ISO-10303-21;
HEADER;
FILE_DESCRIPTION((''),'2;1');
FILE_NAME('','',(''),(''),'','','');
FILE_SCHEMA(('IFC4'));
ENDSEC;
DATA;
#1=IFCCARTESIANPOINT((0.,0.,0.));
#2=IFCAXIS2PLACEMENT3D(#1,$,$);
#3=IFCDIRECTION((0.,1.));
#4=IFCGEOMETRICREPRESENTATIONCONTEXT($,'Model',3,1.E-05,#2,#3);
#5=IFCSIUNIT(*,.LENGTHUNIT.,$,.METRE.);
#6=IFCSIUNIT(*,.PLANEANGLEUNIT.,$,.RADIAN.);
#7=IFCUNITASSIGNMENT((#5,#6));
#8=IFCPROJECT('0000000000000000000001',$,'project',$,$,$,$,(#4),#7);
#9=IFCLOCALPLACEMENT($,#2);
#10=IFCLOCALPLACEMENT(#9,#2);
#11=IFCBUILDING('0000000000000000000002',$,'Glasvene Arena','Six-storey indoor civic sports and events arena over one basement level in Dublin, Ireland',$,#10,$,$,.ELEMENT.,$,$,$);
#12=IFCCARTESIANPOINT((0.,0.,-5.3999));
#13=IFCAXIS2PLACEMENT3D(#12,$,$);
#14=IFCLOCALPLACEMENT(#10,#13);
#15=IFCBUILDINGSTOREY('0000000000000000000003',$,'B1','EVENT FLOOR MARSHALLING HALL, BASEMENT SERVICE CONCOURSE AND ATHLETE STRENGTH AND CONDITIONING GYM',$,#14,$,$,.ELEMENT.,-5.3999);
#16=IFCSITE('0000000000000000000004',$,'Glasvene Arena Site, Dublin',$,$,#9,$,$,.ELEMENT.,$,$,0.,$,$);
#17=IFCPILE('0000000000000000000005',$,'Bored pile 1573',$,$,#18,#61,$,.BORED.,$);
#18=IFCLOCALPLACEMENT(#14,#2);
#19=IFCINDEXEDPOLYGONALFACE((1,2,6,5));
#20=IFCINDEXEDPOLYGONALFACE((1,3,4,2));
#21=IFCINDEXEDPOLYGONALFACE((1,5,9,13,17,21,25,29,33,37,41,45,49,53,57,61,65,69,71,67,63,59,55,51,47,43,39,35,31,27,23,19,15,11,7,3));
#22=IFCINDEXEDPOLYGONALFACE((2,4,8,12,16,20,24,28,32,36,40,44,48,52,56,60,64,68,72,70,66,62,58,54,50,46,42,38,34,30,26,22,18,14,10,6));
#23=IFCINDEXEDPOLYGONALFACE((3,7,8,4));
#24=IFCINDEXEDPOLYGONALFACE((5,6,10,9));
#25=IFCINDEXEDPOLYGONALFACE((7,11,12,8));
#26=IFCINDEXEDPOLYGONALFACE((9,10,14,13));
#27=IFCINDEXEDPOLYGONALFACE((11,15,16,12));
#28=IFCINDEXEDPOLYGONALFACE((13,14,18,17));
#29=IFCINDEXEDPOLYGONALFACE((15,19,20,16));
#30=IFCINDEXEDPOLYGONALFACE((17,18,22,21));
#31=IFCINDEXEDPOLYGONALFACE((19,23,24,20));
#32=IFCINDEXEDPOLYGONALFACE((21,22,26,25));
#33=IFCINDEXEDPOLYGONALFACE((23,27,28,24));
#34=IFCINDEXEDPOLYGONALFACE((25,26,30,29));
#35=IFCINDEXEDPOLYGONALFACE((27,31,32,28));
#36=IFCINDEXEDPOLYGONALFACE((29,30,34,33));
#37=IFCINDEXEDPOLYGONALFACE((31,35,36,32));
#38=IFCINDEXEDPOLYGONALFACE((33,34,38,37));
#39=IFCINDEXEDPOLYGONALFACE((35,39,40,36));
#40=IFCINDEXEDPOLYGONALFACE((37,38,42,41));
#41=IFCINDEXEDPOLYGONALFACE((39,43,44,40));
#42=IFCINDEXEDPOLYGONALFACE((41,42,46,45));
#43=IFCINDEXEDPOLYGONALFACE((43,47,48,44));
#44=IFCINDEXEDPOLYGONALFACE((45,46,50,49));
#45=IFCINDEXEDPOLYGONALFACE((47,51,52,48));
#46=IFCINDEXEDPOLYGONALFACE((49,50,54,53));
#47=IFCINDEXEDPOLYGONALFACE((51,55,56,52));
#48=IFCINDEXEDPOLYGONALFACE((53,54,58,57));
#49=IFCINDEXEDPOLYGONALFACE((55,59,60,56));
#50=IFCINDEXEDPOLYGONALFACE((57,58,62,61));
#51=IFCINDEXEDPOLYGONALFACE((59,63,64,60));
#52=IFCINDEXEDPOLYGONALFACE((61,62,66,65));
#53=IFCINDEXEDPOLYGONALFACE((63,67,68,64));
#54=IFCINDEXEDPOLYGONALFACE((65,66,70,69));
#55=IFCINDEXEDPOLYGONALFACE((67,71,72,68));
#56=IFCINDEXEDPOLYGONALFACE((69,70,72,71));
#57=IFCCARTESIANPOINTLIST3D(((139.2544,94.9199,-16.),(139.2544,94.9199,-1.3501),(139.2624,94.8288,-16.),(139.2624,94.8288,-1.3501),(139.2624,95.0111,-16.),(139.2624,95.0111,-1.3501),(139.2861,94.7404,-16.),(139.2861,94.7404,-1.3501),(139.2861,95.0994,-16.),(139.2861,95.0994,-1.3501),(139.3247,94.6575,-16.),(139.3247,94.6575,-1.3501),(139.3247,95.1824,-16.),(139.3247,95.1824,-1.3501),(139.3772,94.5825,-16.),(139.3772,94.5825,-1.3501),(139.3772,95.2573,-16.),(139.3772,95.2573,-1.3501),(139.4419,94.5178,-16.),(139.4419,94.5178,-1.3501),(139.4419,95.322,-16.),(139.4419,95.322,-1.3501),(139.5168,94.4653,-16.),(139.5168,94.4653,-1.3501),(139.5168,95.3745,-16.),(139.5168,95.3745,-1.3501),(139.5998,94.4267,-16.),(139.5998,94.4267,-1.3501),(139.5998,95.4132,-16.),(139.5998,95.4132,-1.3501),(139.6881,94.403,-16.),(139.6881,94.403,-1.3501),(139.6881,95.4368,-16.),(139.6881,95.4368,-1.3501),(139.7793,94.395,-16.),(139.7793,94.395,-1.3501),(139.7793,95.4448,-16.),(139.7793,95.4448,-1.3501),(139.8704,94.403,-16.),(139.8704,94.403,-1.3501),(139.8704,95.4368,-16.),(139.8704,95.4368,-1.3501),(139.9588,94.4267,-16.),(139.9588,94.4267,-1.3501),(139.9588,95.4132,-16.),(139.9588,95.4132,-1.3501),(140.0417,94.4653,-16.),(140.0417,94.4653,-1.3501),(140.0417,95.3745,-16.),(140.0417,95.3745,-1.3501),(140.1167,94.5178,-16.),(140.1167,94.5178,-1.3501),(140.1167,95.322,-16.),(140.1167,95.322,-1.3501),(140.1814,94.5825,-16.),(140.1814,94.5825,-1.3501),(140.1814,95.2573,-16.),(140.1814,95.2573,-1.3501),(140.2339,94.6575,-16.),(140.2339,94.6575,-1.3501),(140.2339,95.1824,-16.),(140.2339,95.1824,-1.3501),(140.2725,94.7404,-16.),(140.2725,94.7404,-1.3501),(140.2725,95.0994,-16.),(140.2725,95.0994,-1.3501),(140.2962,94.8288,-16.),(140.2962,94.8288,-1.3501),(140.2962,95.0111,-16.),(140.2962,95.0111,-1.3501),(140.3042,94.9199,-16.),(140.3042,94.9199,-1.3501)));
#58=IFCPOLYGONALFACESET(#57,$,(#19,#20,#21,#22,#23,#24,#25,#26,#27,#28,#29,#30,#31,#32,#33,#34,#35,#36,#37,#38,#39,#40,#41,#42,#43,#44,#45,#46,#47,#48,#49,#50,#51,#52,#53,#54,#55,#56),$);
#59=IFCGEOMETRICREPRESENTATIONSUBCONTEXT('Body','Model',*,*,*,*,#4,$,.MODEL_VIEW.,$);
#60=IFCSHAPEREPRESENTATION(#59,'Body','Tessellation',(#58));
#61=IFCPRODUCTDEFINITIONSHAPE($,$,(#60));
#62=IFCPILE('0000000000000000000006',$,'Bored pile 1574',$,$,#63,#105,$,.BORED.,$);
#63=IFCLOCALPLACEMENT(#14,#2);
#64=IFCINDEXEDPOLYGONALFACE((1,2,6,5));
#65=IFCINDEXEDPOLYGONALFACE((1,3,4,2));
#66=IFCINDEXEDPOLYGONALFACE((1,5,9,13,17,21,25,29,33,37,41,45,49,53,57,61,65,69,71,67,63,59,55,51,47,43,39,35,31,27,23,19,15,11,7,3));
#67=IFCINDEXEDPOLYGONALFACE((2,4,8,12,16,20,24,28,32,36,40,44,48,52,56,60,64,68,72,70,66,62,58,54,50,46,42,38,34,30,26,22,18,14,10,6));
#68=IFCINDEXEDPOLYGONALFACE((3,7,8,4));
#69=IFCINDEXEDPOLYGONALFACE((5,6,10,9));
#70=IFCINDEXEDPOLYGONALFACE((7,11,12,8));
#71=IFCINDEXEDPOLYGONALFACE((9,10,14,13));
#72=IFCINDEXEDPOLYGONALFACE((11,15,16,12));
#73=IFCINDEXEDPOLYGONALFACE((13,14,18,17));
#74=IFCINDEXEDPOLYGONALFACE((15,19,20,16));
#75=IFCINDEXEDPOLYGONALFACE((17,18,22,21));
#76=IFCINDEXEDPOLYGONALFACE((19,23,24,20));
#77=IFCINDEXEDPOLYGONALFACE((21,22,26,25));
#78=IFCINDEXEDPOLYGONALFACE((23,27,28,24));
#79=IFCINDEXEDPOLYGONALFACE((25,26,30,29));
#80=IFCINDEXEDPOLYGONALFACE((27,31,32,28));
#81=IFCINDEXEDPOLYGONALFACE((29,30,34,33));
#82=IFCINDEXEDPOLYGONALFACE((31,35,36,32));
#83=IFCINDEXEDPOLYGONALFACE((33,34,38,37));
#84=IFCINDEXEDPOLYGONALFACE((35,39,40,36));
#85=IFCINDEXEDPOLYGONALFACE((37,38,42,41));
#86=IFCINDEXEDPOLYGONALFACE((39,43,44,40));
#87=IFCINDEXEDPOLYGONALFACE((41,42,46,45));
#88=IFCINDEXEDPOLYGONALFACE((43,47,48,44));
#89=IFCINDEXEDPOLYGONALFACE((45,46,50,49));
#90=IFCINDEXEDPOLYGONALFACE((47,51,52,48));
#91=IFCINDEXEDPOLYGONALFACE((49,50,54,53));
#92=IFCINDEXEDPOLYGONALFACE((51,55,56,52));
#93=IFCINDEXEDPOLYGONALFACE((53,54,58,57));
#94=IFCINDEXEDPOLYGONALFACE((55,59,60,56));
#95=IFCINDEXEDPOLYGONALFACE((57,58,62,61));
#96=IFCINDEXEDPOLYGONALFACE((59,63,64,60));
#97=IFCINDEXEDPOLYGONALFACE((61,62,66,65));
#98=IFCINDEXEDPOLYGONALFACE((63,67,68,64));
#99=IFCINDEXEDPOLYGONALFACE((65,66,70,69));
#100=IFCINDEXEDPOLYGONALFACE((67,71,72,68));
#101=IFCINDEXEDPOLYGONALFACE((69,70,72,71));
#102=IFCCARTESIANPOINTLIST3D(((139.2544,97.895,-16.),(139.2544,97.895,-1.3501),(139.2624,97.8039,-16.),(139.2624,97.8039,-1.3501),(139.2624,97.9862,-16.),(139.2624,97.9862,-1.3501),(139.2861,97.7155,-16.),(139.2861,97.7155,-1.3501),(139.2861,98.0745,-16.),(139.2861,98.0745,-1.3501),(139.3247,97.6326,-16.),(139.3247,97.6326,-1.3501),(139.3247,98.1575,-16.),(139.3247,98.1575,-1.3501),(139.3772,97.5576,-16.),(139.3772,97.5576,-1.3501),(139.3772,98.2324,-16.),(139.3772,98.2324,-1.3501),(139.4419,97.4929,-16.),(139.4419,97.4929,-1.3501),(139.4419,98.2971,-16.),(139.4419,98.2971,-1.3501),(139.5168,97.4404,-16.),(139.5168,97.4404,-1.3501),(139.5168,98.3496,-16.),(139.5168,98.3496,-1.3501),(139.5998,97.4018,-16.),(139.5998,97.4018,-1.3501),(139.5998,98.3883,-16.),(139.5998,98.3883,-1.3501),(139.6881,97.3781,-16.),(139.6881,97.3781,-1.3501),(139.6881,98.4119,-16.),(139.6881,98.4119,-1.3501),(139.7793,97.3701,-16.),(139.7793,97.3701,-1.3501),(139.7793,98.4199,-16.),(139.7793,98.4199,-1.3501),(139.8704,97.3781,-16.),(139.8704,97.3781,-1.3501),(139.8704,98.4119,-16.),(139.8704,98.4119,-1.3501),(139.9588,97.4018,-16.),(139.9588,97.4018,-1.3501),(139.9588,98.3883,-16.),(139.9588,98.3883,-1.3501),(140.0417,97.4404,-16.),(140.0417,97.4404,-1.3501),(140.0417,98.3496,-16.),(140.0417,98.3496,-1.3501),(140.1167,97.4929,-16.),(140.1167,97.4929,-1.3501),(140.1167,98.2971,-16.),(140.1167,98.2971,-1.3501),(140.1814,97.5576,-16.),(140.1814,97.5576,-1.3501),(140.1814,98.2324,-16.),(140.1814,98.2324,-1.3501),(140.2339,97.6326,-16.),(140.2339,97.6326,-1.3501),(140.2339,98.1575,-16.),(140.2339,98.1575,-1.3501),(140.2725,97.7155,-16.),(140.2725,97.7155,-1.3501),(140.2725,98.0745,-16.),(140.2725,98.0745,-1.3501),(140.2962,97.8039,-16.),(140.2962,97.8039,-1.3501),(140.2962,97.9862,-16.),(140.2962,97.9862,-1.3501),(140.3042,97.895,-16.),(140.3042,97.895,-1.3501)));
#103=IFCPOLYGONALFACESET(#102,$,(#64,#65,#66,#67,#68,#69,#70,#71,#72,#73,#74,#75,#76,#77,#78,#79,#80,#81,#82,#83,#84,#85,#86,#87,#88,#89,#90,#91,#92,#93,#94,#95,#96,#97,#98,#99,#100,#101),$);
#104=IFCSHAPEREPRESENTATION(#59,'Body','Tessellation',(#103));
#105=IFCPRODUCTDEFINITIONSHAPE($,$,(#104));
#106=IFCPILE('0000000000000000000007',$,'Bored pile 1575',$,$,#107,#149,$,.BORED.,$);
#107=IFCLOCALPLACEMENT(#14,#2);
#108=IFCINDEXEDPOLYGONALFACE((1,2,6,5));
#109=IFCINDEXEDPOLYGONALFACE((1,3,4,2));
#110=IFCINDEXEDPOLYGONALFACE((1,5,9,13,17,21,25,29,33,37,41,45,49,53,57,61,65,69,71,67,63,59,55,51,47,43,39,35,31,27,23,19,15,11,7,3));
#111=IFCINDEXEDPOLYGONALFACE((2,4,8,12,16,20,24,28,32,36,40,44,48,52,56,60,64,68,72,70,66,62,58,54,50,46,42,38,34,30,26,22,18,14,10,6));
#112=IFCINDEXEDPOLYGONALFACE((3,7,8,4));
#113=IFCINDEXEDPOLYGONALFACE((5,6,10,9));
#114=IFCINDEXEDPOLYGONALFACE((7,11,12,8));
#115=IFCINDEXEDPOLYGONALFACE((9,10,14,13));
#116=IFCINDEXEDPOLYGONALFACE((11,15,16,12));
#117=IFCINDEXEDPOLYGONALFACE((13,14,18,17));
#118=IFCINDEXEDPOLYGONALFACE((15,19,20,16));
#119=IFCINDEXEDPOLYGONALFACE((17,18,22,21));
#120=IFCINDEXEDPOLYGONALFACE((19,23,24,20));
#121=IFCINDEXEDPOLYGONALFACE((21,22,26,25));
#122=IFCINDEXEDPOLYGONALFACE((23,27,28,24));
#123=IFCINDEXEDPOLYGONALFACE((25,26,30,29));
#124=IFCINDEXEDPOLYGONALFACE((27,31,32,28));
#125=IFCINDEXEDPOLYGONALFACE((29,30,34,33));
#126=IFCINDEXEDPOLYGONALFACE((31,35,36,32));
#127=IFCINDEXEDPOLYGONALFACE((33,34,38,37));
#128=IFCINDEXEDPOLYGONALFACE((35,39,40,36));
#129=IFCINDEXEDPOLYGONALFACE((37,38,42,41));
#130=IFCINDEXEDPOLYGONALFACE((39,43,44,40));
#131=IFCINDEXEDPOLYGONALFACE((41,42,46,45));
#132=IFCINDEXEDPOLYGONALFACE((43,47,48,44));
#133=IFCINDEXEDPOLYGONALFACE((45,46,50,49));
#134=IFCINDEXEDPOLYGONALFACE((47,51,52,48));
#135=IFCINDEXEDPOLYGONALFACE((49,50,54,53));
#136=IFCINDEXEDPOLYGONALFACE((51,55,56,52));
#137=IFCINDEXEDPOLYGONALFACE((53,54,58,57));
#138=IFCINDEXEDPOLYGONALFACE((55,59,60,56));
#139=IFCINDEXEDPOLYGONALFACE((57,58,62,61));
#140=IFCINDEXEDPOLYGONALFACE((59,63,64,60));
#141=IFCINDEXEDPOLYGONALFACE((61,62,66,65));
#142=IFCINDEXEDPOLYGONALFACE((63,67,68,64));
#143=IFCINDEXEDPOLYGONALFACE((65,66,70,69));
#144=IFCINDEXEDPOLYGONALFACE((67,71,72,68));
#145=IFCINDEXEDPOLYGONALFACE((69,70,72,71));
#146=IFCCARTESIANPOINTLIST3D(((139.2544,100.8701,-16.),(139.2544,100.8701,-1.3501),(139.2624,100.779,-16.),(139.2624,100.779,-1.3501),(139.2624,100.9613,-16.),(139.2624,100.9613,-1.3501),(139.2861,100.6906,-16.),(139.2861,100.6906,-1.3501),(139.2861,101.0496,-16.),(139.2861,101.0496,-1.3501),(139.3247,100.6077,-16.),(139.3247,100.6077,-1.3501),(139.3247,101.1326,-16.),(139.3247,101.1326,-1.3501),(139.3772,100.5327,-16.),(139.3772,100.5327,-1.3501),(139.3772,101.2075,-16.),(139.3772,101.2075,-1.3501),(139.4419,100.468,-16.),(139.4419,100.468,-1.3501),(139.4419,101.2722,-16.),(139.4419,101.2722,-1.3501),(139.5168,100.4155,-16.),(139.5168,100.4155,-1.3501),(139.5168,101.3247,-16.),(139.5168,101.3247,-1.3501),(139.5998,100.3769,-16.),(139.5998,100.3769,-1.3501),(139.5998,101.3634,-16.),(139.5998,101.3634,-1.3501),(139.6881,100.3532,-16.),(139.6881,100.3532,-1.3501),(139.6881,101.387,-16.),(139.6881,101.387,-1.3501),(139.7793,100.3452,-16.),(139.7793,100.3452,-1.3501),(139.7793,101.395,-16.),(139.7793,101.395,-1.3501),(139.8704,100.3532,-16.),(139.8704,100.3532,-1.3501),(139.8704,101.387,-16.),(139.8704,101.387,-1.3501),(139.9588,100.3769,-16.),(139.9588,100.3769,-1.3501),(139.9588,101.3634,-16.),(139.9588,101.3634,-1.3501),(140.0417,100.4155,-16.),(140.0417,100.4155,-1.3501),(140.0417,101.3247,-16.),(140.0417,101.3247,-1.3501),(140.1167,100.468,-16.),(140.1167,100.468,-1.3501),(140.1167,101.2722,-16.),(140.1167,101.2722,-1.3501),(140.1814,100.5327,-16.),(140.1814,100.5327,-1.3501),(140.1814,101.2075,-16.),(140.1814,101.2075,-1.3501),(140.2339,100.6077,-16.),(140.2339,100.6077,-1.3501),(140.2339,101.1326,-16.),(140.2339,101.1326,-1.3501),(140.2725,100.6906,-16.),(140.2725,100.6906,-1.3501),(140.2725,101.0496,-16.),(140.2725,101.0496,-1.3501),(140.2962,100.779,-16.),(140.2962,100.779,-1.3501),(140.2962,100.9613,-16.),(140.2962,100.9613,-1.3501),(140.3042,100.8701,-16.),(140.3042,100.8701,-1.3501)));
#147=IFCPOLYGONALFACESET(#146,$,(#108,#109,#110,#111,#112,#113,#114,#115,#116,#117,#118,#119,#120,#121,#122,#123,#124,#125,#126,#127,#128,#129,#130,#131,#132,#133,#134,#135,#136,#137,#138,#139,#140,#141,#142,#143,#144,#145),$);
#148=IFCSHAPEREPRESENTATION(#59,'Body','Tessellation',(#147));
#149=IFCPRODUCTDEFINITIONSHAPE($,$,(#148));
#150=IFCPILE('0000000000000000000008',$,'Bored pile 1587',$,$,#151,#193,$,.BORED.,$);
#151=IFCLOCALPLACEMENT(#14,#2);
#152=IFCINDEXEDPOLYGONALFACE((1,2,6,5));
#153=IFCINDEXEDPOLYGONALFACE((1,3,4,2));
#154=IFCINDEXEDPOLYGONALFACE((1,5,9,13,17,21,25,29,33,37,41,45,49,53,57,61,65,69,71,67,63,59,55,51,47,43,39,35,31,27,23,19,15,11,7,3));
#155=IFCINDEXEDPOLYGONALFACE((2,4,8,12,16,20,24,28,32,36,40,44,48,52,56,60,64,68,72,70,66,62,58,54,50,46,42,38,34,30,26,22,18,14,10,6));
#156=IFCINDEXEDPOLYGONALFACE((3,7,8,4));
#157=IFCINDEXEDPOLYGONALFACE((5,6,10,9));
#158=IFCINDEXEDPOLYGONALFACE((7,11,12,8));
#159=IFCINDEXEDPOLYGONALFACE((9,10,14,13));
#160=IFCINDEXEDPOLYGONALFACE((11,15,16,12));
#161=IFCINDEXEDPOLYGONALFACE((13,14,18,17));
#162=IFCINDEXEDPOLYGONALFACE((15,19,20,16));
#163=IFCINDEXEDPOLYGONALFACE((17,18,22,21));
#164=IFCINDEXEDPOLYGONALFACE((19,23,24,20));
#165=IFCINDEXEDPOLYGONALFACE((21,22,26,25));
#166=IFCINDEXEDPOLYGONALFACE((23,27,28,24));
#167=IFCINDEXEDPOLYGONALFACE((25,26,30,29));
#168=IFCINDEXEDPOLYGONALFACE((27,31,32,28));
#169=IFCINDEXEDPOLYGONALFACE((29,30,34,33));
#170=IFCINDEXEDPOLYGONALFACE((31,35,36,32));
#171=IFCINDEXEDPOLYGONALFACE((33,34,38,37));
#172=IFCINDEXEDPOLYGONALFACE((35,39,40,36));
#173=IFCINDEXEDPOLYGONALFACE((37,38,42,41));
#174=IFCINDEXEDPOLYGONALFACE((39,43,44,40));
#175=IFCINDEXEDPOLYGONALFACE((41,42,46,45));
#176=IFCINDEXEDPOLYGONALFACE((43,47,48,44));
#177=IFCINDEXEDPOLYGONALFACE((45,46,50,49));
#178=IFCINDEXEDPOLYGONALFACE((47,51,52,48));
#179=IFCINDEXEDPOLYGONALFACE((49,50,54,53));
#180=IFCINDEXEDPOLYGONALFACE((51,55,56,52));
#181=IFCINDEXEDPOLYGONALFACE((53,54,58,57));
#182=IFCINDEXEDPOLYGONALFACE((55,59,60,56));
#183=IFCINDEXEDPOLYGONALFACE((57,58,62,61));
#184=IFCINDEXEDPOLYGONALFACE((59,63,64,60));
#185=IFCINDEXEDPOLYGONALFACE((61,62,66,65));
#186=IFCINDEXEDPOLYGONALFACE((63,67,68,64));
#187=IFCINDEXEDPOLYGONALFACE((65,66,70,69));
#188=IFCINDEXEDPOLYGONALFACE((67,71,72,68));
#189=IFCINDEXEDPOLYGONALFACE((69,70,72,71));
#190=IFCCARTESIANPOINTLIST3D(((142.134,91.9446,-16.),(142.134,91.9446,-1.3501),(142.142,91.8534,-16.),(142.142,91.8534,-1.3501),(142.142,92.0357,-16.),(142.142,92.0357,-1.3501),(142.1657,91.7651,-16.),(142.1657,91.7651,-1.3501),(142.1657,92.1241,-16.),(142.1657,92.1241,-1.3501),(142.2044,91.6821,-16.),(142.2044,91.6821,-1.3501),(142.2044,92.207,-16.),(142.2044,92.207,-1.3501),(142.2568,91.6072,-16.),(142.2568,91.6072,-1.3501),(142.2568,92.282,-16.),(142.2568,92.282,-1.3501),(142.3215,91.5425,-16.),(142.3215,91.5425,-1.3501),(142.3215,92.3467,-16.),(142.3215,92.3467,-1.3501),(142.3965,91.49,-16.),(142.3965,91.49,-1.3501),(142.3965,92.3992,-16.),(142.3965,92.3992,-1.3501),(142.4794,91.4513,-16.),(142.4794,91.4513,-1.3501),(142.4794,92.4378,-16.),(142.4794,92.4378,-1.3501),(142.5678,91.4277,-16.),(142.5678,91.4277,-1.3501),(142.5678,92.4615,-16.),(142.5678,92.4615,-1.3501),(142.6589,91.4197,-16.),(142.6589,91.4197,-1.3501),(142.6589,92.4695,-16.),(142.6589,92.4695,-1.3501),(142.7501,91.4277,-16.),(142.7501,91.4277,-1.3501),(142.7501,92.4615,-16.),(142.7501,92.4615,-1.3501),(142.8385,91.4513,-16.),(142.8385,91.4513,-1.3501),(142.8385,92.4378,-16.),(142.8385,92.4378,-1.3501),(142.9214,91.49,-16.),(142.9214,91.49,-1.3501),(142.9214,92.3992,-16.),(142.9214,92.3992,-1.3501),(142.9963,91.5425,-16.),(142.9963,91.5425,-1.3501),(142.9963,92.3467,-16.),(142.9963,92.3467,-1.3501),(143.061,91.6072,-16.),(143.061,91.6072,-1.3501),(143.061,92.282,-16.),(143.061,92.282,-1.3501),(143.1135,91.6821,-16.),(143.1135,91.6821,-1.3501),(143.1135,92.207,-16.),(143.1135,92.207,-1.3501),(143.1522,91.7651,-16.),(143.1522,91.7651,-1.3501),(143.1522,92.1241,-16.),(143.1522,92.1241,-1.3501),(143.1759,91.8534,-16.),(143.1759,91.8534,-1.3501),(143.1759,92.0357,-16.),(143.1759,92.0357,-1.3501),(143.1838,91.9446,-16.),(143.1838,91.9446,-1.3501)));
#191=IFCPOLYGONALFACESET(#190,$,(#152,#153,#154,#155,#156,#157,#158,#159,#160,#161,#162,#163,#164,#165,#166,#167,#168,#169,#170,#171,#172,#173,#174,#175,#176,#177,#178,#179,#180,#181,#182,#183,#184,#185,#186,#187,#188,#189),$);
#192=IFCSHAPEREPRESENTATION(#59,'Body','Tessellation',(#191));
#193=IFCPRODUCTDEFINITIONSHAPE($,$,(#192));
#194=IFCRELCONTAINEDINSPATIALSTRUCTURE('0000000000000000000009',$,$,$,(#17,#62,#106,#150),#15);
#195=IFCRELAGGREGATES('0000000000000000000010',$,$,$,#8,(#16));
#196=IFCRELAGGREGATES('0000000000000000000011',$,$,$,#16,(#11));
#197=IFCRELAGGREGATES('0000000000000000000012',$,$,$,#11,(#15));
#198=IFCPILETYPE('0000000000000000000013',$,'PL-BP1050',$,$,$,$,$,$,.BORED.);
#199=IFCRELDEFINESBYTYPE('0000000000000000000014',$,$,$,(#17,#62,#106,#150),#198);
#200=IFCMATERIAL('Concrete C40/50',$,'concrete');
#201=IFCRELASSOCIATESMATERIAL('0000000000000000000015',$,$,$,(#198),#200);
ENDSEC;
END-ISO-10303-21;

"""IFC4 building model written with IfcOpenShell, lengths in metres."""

from ifc_helpers import new_model, si_unit, direction, frame, origin, origin_2d, place, context, subcontext, project, spatial, circle, extrude, material, material_profile, profile_set, type_object, element, save


model = new_model("IFC4")

# Units and contexts
model_context = context("Model", 3, precision=1e-05, world=origin(), true_north=direction((0.0, 1.0)))
body_context = subcontext(model_context, "Body", "Model", "MODEL_VIEW")
ifc_project = project(units=[si_unit("LENGTHUNIT", "METRE"), si_unit("PLANEANGLEUNIT", "RADIAN")], contexts=[model_context])

# Site, building, storey
site_placement = place(None, origin())
site = spatial("IfcSite", under=ifc_project, at=site_placement, Name="Glasvene Arena Site, Dublin", CompositionType="ELEMENT", RefElevation=0.0)
building_placement = place(site_placement, origin())
building = spatial("IfcBuilding", under=site, at=building_placement, Name="Glasvene Arena", Description="Six-storey indoor civic sports and events arena over one basement level in Dublin, Ireland", CompositionType="ELEMENT")
storey_placement = place(building_placement, frame((0.0, 0.0, -5.3999)))
storey = spatial("IfcBuildingStorey", under=building, at=storey_placement, Name="B1", Description="EVENT FLOOR MARSHALLING HALL, BASEMENT SERVICE CONCOURSE AND ATHLETE STRENGTH AND CONDITIONING GYM", CompositionType="ELEMENT", Elevation=-5.3999)

# Shared definitions
ifc_material_1 = material(Name="Concrete C40/50", Category="concrete")

# Piles
ifc_material_profile_1 = material_profile(ifc_material_1, circle(Radius=0.5249, at=origin_2d()), Name="BORED PILE 1050")
ifc_profile_set_1 = profile_set([ifc_material_profile_1], Name="Concrete C40/50")
pile_type_1 = type_object("IfcPileType", Name="PL-BP1050", PredefinedType="BORED", material=ifc_profile_set_1)
for number, where, z_axis, x_axis, name in (
    (1, (139.7793, 94.9199, -1.3501), (0.0, 0.0, -1.0), (1.0, 0.0, 0.0), "Bored pile 1573"),
    (2, (139.7793, 97.895, -1.3501), (0.0, 0.0, -1.0), (1.0, 0.0, 0.0), "Bored pile 1574"),
    (3, (139.7793, 100.8701, -1.3501), (0.0, 0.0, -1.0), (1.0, 0.0, 0.0), "Bored pile 1575"),
    (4, (142.6589, 91.9446, -1.3501), (0.0, 0.0, -1.0), (1.0, 0.0, 0.0), "Bored pile 1587"),
):
    element("IfcPile", number, at=place(storey_placement, frame(where, z_axis=z_axis, x_axis=x_axis)), inside=storey, type_object=pile_type_1, Name=name, PredefinedType="BORED", context=body_context, shape_type="SweptSolid", body=[
        extrude(circle(Radius=0.5249, at=origin_2d()), origin(), (0.0, 0.0, 1.0), 14.6499),
    ])

save(model, "model.ifc")
